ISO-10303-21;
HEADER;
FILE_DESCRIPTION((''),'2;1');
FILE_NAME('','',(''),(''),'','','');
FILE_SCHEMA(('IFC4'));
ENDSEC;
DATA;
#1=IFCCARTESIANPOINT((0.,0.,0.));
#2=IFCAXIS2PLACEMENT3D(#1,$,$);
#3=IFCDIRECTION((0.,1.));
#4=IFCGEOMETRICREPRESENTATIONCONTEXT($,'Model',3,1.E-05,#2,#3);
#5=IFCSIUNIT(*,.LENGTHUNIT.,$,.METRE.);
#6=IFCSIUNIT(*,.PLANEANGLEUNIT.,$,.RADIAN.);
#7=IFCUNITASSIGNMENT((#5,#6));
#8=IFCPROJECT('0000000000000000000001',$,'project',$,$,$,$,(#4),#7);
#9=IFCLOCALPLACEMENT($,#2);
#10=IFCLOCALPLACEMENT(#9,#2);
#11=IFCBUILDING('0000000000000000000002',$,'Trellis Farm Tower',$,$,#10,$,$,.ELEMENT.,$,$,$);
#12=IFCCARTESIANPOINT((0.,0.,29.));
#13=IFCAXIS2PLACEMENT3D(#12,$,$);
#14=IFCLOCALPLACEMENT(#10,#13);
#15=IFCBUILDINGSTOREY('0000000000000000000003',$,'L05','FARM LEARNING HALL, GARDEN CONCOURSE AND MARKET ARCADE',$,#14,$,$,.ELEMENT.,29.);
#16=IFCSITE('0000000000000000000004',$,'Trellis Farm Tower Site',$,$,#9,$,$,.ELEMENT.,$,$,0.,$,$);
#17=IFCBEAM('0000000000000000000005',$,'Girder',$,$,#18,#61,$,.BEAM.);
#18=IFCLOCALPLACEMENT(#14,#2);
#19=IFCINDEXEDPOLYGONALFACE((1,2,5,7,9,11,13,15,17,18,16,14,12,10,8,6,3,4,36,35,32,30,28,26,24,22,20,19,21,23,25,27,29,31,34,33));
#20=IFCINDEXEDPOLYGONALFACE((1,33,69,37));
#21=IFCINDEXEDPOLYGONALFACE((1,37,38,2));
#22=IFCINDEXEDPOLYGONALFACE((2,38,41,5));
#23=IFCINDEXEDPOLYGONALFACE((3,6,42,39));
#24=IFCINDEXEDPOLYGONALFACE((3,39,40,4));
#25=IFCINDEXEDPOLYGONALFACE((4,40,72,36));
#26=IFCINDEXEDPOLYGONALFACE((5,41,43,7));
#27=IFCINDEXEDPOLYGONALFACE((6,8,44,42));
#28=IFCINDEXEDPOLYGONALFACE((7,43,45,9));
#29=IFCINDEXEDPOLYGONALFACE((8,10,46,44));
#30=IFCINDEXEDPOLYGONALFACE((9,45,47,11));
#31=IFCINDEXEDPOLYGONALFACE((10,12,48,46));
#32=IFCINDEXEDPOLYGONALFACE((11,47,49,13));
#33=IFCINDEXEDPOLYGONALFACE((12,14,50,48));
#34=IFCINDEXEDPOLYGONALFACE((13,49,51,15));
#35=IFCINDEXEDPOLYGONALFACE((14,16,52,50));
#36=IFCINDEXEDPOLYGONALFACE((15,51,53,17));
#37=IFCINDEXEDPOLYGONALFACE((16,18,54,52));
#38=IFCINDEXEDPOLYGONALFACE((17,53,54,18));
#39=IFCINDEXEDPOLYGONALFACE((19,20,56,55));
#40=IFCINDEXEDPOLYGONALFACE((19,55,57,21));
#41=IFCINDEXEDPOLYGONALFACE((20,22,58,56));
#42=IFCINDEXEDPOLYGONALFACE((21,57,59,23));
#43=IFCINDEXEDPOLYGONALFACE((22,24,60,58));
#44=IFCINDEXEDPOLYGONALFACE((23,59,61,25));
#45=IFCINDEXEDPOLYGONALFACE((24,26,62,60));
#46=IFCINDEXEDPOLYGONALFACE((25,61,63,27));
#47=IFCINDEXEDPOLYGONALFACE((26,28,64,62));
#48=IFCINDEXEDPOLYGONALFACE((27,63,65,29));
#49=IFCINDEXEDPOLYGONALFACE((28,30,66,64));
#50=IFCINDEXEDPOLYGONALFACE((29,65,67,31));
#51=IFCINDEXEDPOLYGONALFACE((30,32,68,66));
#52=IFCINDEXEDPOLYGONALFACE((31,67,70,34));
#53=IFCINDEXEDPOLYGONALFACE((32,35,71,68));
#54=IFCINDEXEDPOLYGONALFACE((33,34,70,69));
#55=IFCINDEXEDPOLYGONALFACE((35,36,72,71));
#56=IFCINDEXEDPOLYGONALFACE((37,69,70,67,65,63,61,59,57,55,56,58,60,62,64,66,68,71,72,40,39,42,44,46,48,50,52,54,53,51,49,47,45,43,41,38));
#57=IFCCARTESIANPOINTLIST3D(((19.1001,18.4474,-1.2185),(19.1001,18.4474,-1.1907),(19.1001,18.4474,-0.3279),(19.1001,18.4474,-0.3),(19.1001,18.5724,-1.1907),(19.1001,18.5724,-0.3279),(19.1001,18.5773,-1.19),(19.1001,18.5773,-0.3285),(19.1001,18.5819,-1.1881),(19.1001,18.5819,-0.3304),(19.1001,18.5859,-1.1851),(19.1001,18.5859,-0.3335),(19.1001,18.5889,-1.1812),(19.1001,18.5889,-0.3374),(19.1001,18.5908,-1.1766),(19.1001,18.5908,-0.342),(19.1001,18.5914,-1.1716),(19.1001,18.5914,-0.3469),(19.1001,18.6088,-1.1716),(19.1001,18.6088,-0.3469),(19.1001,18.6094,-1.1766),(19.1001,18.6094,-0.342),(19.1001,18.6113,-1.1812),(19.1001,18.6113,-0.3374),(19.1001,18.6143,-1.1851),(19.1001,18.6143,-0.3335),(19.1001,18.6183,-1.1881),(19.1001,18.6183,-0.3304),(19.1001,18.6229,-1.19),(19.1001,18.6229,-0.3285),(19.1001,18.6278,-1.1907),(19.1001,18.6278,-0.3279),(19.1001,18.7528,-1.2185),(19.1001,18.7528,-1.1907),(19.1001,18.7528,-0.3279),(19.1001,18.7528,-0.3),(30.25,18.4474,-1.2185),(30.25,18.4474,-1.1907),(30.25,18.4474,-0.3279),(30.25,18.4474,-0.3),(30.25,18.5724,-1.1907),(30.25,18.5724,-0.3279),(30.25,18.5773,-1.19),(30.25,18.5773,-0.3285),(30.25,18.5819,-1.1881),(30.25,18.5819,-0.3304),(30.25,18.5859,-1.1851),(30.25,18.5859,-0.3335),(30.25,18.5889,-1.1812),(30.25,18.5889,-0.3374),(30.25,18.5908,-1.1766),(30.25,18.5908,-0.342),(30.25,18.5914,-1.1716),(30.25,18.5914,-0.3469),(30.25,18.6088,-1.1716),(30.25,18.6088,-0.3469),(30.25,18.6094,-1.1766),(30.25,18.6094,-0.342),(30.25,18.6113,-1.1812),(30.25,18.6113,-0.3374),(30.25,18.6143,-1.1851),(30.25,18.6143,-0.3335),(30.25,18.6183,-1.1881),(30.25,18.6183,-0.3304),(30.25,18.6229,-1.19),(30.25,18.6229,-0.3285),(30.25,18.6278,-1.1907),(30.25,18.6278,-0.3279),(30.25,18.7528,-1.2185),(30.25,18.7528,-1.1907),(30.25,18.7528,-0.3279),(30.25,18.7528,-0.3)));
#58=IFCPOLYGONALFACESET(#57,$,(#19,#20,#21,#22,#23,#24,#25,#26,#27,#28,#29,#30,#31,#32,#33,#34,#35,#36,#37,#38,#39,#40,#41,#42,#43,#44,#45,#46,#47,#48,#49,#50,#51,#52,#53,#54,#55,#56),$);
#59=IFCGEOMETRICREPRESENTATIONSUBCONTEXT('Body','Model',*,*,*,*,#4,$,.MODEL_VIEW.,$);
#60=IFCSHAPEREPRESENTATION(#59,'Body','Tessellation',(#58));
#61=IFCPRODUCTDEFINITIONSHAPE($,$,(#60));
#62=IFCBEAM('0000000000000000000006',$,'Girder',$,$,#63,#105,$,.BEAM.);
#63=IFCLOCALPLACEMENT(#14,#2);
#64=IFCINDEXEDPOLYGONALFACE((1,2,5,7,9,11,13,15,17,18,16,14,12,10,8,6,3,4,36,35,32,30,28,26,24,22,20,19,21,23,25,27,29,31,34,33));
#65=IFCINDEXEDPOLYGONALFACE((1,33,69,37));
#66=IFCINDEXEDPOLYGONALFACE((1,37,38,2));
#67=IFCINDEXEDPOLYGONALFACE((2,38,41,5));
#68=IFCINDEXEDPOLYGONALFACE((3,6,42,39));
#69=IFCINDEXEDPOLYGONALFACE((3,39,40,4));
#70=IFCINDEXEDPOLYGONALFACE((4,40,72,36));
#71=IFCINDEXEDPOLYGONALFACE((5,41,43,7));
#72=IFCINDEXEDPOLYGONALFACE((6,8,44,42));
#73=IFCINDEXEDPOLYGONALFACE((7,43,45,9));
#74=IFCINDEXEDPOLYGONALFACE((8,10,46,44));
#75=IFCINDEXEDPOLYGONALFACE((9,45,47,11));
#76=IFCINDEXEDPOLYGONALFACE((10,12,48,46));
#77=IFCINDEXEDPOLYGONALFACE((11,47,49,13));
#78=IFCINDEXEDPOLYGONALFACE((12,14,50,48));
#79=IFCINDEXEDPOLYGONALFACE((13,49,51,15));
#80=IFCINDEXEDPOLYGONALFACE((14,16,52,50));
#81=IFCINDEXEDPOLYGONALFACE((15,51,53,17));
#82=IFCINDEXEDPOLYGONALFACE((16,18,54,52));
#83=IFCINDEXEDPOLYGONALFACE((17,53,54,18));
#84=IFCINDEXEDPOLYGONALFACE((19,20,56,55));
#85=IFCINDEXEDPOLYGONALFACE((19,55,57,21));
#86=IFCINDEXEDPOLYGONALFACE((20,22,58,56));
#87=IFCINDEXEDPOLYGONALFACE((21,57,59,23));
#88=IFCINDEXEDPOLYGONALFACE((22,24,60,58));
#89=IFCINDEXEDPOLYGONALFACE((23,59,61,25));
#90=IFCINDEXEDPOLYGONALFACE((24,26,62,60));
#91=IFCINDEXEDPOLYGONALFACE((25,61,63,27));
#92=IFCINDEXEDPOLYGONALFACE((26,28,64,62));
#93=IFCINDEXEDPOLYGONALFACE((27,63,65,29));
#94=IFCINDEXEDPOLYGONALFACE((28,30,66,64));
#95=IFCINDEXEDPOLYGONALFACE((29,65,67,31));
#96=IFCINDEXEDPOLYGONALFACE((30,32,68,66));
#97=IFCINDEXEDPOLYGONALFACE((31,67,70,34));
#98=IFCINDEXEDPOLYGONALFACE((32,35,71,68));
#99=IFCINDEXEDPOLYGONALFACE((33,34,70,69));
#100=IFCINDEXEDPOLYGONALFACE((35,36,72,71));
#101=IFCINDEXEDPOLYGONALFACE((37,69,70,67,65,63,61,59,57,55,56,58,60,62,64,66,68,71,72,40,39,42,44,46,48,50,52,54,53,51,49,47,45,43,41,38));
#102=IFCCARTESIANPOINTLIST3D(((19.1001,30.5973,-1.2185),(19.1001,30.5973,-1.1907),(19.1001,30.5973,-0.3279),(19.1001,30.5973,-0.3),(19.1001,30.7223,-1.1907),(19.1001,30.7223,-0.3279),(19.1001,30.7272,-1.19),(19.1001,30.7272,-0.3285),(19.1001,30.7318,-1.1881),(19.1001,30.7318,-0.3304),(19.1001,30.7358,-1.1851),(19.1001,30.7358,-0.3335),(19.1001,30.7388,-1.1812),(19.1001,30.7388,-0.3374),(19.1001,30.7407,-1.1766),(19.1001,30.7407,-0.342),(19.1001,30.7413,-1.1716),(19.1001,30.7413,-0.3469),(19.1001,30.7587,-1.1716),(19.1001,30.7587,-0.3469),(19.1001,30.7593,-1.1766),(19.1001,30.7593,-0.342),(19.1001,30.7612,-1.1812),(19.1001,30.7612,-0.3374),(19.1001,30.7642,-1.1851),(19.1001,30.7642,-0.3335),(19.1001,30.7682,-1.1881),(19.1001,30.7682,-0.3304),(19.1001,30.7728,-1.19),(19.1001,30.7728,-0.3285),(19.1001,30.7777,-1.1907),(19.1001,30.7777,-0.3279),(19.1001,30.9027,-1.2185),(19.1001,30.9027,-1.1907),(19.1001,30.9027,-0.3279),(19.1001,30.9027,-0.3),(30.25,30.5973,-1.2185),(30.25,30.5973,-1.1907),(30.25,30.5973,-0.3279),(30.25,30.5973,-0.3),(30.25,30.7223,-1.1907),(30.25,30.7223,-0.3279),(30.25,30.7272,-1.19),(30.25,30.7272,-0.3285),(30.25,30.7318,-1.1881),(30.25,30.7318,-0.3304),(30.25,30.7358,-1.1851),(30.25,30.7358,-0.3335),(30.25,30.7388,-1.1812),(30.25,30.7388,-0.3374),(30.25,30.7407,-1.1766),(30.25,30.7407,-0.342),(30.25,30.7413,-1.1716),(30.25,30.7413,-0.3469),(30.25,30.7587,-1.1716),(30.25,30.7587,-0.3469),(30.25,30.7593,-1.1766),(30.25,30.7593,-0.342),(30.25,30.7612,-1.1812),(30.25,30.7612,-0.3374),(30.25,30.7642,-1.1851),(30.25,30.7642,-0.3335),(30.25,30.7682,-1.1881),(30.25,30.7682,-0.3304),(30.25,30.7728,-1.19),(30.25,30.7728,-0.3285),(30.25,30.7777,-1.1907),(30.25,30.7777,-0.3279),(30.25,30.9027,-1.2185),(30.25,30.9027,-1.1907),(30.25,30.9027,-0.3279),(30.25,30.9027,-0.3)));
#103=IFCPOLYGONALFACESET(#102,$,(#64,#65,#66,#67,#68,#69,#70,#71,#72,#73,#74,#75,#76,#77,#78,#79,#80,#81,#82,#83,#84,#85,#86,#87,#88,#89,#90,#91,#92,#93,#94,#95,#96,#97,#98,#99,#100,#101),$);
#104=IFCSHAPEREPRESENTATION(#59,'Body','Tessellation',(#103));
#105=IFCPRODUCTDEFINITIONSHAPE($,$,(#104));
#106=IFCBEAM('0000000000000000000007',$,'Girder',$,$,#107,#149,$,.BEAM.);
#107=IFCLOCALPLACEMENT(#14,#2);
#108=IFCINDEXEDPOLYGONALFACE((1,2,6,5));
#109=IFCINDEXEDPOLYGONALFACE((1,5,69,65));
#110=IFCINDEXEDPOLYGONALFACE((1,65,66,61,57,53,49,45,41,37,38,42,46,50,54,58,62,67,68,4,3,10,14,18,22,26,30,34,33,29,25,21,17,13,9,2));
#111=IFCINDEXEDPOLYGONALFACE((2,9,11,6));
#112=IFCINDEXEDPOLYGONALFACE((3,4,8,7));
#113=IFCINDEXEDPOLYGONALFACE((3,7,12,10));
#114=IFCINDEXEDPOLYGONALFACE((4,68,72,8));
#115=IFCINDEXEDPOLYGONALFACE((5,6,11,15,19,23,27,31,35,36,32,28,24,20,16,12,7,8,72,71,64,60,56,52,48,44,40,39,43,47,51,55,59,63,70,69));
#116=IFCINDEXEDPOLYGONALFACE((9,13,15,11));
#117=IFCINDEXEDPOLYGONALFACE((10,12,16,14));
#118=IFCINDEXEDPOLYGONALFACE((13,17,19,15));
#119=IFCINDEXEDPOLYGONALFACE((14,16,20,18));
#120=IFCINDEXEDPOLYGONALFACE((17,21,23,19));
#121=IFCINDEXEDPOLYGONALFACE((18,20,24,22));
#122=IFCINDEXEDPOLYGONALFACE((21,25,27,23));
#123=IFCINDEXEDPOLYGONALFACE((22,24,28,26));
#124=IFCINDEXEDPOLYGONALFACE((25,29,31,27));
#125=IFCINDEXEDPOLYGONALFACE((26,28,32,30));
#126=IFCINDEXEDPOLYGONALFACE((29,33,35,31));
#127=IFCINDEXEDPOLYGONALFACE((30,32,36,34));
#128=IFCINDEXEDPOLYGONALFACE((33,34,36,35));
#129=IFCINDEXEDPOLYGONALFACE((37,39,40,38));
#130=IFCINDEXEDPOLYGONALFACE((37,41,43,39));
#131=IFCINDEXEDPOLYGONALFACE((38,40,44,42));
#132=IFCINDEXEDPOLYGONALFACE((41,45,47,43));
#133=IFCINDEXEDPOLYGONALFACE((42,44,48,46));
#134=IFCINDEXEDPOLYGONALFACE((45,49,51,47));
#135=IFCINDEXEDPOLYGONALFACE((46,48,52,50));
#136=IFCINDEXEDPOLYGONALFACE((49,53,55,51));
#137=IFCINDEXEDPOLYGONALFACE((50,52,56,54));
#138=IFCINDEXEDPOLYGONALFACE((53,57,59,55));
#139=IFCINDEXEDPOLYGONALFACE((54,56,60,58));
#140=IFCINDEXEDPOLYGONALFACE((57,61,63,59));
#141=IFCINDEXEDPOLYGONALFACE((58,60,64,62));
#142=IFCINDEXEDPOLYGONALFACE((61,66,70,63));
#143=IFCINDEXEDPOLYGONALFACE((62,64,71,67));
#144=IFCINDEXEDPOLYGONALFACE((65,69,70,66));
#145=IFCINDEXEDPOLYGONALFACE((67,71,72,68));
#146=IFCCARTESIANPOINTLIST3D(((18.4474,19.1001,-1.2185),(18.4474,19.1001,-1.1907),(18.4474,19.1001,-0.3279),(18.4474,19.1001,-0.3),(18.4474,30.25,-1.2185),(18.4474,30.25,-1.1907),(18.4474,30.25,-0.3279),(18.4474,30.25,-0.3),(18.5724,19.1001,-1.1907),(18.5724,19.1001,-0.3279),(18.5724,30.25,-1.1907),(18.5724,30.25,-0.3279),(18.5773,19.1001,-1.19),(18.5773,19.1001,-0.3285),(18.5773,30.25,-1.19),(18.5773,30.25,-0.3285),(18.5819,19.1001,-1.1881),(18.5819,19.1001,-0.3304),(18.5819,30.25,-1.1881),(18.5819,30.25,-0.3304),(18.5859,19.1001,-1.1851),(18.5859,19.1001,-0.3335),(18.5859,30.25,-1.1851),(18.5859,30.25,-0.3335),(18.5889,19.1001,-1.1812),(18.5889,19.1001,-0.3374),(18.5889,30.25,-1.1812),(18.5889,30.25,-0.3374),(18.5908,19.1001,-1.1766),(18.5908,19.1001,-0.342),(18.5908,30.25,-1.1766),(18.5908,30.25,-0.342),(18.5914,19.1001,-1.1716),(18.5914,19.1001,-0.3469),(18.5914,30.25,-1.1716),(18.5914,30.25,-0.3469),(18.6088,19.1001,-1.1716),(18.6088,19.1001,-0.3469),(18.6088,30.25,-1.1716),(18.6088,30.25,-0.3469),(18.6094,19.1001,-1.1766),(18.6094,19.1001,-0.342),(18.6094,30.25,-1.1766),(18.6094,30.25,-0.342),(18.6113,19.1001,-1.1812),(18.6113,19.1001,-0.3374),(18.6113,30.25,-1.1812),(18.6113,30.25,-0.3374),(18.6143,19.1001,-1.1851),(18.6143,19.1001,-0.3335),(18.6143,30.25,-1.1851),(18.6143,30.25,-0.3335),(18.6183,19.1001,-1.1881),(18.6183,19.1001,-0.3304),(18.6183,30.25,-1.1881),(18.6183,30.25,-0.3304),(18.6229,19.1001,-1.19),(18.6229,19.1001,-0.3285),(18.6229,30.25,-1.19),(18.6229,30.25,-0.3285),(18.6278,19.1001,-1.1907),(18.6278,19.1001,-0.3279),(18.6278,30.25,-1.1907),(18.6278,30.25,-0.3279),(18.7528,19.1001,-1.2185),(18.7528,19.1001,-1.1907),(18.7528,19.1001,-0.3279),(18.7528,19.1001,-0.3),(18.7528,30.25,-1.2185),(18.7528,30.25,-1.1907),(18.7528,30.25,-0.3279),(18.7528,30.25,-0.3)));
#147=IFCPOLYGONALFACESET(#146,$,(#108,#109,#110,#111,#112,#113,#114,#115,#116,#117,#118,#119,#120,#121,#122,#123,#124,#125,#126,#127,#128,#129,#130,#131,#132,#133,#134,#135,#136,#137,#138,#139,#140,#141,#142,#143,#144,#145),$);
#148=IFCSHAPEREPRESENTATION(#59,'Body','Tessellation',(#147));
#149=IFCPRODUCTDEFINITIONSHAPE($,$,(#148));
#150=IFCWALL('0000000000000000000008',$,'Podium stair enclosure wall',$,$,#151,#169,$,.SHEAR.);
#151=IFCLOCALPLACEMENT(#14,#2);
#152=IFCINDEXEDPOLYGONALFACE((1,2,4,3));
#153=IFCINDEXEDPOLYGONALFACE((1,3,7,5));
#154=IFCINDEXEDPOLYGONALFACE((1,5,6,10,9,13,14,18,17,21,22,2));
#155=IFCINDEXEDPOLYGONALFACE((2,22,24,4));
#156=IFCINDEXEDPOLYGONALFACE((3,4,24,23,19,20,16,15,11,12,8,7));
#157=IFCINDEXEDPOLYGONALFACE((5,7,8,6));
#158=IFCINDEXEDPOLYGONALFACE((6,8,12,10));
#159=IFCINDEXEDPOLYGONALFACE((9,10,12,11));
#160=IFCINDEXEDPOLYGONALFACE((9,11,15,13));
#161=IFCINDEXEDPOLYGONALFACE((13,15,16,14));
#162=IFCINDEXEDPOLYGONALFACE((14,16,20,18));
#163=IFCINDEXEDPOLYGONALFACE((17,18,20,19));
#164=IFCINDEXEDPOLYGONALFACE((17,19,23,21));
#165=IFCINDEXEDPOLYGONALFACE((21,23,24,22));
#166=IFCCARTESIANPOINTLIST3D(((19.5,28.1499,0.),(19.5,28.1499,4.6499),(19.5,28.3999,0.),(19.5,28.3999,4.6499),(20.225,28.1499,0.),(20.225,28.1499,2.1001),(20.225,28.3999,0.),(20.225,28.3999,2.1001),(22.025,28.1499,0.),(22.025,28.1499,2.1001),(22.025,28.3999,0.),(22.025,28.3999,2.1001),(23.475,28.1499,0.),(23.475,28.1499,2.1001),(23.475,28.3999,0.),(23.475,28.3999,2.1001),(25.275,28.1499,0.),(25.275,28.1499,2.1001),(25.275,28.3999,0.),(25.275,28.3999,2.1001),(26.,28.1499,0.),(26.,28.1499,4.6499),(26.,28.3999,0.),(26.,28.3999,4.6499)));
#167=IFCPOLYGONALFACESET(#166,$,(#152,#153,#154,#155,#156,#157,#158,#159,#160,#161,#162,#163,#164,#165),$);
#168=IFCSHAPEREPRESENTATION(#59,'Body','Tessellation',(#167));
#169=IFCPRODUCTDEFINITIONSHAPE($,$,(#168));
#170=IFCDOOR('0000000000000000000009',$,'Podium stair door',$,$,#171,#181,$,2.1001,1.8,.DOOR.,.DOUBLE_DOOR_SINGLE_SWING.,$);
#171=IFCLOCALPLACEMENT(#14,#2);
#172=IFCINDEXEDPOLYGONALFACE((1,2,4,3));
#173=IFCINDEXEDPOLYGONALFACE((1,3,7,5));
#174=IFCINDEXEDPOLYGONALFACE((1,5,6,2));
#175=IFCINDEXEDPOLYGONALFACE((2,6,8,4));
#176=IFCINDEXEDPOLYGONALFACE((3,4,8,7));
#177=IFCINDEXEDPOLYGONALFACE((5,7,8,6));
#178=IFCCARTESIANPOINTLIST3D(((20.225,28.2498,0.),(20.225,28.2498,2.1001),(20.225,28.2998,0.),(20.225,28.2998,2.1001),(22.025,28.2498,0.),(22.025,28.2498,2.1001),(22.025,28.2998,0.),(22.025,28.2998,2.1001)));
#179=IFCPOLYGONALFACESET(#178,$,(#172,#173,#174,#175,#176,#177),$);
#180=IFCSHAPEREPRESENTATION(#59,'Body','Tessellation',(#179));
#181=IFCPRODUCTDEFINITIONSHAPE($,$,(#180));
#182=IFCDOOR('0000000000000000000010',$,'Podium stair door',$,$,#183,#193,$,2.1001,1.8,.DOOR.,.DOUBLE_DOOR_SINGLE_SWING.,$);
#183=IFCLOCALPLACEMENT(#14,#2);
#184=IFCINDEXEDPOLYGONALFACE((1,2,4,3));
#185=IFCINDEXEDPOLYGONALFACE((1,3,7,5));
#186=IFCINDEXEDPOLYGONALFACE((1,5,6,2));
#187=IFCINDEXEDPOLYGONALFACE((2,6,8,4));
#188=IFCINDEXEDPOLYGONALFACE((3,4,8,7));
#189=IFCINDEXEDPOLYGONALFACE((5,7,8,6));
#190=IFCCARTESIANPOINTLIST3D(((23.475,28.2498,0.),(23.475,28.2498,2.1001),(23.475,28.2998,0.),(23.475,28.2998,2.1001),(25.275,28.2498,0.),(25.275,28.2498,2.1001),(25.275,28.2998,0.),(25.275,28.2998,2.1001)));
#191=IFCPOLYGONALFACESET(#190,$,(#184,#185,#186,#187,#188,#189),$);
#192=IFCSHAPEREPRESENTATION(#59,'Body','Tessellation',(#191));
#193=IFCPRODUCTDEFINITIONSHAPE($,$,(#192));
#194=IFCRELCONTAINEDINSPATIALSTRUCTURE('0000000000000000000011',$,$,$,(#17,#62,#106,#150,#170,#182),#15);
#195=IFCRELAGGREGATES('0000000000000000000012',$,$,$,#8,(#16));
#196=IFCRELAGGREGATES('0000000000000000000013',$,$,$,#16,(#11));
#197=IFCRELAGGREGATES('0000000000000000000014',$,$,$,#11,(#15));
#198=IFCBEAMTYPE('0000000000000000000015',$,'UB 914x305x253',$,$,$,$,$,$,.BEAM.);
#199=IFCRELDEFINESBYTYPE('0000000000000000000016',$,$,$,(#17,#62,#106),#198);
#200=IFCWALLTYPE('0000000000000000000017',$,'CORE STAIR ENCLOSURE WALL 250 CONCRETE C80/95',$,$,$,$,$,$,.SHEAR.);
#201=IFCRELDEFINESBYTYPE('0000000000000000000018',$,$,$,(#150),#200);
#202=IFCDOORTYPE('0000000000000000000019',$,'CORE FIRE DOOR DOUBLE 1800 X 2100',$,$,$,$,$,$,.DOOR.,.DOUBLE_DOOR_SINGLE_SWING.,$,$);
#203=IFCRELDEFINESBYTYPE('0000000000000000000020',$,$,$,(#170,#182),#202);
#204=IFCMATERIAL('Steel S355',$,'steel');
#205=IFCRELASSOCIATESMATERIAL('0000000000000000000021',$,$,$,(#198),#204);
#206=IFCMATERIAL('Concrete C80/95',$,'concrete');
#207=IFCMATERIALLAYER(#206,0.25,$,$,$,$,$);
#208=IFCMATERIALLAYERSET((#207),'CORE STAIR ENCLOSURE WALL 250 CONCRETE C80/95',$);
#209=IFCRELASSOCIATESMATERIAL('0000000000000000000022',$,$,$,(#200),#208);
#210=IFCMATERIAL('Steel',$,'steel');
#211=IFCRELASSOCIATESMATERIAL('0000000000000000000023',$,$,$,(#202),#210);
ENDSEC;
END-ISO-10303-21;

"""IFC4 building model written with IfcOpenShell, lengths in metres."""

from ifc_helpers import new_model, si_unit, direction, frame, frame_2d, origin, origin_2d, place, context, subcontext, project, spatial, rectangle, i_section, extrude, source, transform, mapped, material, layer, layer_set, material_profile, profile_set, type_object, element, fill, save


model = new_model("IFC4")

# Units and contexts
model_context = context("Model", 3, precision=1e-05, world=origin(), true_north=direction((0.0, 1.0)))
body_context = subcontext(model_context, "Body", "Model", "MODEL_VIEW")
ifc_project = project(units=[si_unit("LENGTHUNIT", "METRE"), si_unit("PLANEANGLEUNIT", "RADIAN")], contexts=[model_context])

# Site, building, storey
site_placement = place(None, origin())
site = spatial("IfcSite", under=ifc_project, at=site_placement, Name="Trellis Farm Tower Site", CompositionType="ELEMENT", RefElevation=0.0)
building_placement = place(site_placement, origin())
building = spatial("IfcBuilding", under=site, at=building_placement, Name="Trellis Farm Tower", CompositionType="ELEMENT")
storey_placement = place(building_placement, frame((0.0, 0.0, 29.0)))
storey = spatial("IfcBuildingStorey", under=building, at=storey_placement, Name="L05", Description="FARM LEARNING HALL, GARDEN CONCOURSE AND MARKET ARCADE", CompositionType="ELEMENT", Elevation=29.0)

# Beams
ifc_material_1 = material(Name="Steel S355", Category="steel")
ifc_material_profile_1 = material_profile(ifc_material_1, i_section(OverallWidth=0.3054, OverallDepth=0.9185, WebThickness=0.0173, FlangeThickness=0.0278, FilletRadius=0.019, at=origin_2d()), Name="UB 914x305x253")
ifc_profile_set_1 = profile_set([ifc_material_profile_1], Name="Steel S355")
beam_type_1 = type_object("IfcBeamType", Name="UB 914x305x253", PredefinedType="BEAM", material=ifc_profile_set_1)
shared_shape_1 = source(origin(), body_context, "Body", "SweptSolid", [
    extrude(i_section(OverallWidth=0.3054, OverallDepth=0.9185, WebThickness=0.0173, FlangeThickness=0.0278, FilletRadius=0.019, at=origin_2d()), origin(), (0.0, 0.0, 1.0), 11.1499),
])
for number, where, z_axis, x_axis, name in (
    (1, (19.1001, 18.6001, -0.7593), (1.0, 0.0, 0.0), (0.0, 1.0, 0.0), "Girder"),
    (2, (19.1001, 30.75, -0.7593), (1.0, 0.0, 0.0), (0.0, 1.0, 0.0), "Girder"),
    (3, (18.6001, 19.1001, -0.7593), (0.0, 1.0, 0.0), (-1.0, 0.0, 0.0), "Girder"),
):
    element("IfcBeam", number, at=place(storey_placement, frame(where, z_axis=z_axis, x_axis=x_axis)), inside=storey, type_object=beam_type_1, Name=name, PredefinedType="BEAM", context=body_context, shape_type="MappedRepresentation", body=[
        mapped(shared_shape_1, transform((0.0, 0.0, 0.0))),
    ])

# Wall, openings, doors
ifc_material_2 = material(Name="Concrete C80/95", Category="concrete")
ifc_layer_1 = layer(ifc_material_2, 0.25)
ifc_layer_set_1 = layer_set([ifc_layer_1], Name="CORE STAIR ENCLOSURE WALL 250 CONCRETE C80/95")
wall_type_1 = type_object("IfcWallType", Name="CORE STAIR ENCLOSURE WALL 250 CONCRETE C80/95", PredefinedType="SHEAR", material=ifc_layer_set_1)
shared_shape_2 = source(origin(), body_context, "Body", "SweptSolid", [
    extrude(rectangle(XDim=6.5, YDim=0.25, at=frame_2d((3.25, 0.0))), origin(), (0.0, 0.0, 1.0), 4.6499),
])
wall_1_placement = place(storey_placement, frame((19.5, 28.2749, 0.0), z_axis=(0.0, 0.0, 1.0), x_axis=(1.0, 0.0, 0.0)))
wall_1 = element("IfcWall", 4, at=wall_1_placement, inside=storey, type_object=wall_type_1, Name="Podium stair enclosure wall", PredefinedType="SHEAR", context=body_context, shape_type="MappedRepresentation", body=[
    mapped(shared_shape_2, transform((0.0, 0.0, 0.0))),
])
shared_shape_3 = source(origin(), body_context, "Body", "SweptSolid", [
    extrude(rectangle(XDim=1.8, YDim=2.1001, at=frame_2d((0.8999, 1.05))), frame((0.0, 0.135, 0.0), z_axis=(0.0, -1.0, 0.0), x_axis=(1.0, 0.0, 0.0)), (0.0, 0.0, 1.0), 0.27),
])
opening_1_placement = place(wall_1_placement, frame((0.7251, 0.0, 0.0)))
opening_1 = element("IfcOpeningElement", 5, at=opening_1_placement, cuts=wall_1, PredefinedType="OPENING", context=body_context, shape_type="MappedRepresentation", body=[
    mapped(shared_shape_3, transform((0.0, 0.0, 0.0))),
])
opening_2_placement = place(wall_1_placement, frame((3.9751, 0.0, 0.0)))
opening_2 = element("IfcOpeningElement", 6, at=opening_2_placement, cuts=wall_1, PredefinedType="OPENING", context=body_context, shape_type="MappedRepresentation", body=[
    mapped(shared_shape_3, transform((0.0, 0.0, 0.0))),
])
ifc_material_3 = material(Name="Steel", Category="steel")
door_type_1 = type_object("IfcDoorType", Name="CORE FIRE DOOR DOUBLE 1800 X 2100", OperationType="DOUBLE_DOOR_SINGLE_SWING", PredefinedType="DOOR", material=ifc_material_3)
shared_shape_4 = source(origin(), body_context, "Body", "SweptSolid", [
    extrude(rectangle(XDim=1.8, YDim=2.1001, at=frame_2d((0.8999, 1.05))), frame((0.0, 0.0249, 0.0), z_axis=(0.0, -1.0, 0.0), x_axis=(1.0, 0.0, 0.0)), (0.0, 0.0, 1.0), 0.05),
])
door_1_placement = place(opening_1_placement, origin())
door_1 = element("IfcDoor", 7, at=door_1_placement, inside=storey, type_object=door_type_1, Name="Podium stair door", OperationType="DOUBLE_DOOR_SINGLE_SWING", OverallHeight=2.1001, OverallWidth=1.8, PredefinedType="DOOR", context=body_context, shape_type="MappedRepresentation", body=[
    mapped(shared_shape_4, transform((0.0, 0.0, 0.0))),
])
fill(opening_1, door_1)
door_2_placement = place(opening_2_placement, origin())
door_2 = element("IfcDoor", 8, at=door_2_placement, inside=storey, type_object=door_type_1, Name="Podium stair door", OperationType="DOUBLE_DOOR_SINGLE_SWING", OverallHeight=2.1001, OverallWidth=1.8, PredefinedType="DOOR", context=body_context, shape_type="MappedRepresentation", body=[
    mapped(shared_shape_4, transform((0.0, 0.0, 0.0))),
])
fill(opening_2, door_2)

save(model, "model.ifc")
